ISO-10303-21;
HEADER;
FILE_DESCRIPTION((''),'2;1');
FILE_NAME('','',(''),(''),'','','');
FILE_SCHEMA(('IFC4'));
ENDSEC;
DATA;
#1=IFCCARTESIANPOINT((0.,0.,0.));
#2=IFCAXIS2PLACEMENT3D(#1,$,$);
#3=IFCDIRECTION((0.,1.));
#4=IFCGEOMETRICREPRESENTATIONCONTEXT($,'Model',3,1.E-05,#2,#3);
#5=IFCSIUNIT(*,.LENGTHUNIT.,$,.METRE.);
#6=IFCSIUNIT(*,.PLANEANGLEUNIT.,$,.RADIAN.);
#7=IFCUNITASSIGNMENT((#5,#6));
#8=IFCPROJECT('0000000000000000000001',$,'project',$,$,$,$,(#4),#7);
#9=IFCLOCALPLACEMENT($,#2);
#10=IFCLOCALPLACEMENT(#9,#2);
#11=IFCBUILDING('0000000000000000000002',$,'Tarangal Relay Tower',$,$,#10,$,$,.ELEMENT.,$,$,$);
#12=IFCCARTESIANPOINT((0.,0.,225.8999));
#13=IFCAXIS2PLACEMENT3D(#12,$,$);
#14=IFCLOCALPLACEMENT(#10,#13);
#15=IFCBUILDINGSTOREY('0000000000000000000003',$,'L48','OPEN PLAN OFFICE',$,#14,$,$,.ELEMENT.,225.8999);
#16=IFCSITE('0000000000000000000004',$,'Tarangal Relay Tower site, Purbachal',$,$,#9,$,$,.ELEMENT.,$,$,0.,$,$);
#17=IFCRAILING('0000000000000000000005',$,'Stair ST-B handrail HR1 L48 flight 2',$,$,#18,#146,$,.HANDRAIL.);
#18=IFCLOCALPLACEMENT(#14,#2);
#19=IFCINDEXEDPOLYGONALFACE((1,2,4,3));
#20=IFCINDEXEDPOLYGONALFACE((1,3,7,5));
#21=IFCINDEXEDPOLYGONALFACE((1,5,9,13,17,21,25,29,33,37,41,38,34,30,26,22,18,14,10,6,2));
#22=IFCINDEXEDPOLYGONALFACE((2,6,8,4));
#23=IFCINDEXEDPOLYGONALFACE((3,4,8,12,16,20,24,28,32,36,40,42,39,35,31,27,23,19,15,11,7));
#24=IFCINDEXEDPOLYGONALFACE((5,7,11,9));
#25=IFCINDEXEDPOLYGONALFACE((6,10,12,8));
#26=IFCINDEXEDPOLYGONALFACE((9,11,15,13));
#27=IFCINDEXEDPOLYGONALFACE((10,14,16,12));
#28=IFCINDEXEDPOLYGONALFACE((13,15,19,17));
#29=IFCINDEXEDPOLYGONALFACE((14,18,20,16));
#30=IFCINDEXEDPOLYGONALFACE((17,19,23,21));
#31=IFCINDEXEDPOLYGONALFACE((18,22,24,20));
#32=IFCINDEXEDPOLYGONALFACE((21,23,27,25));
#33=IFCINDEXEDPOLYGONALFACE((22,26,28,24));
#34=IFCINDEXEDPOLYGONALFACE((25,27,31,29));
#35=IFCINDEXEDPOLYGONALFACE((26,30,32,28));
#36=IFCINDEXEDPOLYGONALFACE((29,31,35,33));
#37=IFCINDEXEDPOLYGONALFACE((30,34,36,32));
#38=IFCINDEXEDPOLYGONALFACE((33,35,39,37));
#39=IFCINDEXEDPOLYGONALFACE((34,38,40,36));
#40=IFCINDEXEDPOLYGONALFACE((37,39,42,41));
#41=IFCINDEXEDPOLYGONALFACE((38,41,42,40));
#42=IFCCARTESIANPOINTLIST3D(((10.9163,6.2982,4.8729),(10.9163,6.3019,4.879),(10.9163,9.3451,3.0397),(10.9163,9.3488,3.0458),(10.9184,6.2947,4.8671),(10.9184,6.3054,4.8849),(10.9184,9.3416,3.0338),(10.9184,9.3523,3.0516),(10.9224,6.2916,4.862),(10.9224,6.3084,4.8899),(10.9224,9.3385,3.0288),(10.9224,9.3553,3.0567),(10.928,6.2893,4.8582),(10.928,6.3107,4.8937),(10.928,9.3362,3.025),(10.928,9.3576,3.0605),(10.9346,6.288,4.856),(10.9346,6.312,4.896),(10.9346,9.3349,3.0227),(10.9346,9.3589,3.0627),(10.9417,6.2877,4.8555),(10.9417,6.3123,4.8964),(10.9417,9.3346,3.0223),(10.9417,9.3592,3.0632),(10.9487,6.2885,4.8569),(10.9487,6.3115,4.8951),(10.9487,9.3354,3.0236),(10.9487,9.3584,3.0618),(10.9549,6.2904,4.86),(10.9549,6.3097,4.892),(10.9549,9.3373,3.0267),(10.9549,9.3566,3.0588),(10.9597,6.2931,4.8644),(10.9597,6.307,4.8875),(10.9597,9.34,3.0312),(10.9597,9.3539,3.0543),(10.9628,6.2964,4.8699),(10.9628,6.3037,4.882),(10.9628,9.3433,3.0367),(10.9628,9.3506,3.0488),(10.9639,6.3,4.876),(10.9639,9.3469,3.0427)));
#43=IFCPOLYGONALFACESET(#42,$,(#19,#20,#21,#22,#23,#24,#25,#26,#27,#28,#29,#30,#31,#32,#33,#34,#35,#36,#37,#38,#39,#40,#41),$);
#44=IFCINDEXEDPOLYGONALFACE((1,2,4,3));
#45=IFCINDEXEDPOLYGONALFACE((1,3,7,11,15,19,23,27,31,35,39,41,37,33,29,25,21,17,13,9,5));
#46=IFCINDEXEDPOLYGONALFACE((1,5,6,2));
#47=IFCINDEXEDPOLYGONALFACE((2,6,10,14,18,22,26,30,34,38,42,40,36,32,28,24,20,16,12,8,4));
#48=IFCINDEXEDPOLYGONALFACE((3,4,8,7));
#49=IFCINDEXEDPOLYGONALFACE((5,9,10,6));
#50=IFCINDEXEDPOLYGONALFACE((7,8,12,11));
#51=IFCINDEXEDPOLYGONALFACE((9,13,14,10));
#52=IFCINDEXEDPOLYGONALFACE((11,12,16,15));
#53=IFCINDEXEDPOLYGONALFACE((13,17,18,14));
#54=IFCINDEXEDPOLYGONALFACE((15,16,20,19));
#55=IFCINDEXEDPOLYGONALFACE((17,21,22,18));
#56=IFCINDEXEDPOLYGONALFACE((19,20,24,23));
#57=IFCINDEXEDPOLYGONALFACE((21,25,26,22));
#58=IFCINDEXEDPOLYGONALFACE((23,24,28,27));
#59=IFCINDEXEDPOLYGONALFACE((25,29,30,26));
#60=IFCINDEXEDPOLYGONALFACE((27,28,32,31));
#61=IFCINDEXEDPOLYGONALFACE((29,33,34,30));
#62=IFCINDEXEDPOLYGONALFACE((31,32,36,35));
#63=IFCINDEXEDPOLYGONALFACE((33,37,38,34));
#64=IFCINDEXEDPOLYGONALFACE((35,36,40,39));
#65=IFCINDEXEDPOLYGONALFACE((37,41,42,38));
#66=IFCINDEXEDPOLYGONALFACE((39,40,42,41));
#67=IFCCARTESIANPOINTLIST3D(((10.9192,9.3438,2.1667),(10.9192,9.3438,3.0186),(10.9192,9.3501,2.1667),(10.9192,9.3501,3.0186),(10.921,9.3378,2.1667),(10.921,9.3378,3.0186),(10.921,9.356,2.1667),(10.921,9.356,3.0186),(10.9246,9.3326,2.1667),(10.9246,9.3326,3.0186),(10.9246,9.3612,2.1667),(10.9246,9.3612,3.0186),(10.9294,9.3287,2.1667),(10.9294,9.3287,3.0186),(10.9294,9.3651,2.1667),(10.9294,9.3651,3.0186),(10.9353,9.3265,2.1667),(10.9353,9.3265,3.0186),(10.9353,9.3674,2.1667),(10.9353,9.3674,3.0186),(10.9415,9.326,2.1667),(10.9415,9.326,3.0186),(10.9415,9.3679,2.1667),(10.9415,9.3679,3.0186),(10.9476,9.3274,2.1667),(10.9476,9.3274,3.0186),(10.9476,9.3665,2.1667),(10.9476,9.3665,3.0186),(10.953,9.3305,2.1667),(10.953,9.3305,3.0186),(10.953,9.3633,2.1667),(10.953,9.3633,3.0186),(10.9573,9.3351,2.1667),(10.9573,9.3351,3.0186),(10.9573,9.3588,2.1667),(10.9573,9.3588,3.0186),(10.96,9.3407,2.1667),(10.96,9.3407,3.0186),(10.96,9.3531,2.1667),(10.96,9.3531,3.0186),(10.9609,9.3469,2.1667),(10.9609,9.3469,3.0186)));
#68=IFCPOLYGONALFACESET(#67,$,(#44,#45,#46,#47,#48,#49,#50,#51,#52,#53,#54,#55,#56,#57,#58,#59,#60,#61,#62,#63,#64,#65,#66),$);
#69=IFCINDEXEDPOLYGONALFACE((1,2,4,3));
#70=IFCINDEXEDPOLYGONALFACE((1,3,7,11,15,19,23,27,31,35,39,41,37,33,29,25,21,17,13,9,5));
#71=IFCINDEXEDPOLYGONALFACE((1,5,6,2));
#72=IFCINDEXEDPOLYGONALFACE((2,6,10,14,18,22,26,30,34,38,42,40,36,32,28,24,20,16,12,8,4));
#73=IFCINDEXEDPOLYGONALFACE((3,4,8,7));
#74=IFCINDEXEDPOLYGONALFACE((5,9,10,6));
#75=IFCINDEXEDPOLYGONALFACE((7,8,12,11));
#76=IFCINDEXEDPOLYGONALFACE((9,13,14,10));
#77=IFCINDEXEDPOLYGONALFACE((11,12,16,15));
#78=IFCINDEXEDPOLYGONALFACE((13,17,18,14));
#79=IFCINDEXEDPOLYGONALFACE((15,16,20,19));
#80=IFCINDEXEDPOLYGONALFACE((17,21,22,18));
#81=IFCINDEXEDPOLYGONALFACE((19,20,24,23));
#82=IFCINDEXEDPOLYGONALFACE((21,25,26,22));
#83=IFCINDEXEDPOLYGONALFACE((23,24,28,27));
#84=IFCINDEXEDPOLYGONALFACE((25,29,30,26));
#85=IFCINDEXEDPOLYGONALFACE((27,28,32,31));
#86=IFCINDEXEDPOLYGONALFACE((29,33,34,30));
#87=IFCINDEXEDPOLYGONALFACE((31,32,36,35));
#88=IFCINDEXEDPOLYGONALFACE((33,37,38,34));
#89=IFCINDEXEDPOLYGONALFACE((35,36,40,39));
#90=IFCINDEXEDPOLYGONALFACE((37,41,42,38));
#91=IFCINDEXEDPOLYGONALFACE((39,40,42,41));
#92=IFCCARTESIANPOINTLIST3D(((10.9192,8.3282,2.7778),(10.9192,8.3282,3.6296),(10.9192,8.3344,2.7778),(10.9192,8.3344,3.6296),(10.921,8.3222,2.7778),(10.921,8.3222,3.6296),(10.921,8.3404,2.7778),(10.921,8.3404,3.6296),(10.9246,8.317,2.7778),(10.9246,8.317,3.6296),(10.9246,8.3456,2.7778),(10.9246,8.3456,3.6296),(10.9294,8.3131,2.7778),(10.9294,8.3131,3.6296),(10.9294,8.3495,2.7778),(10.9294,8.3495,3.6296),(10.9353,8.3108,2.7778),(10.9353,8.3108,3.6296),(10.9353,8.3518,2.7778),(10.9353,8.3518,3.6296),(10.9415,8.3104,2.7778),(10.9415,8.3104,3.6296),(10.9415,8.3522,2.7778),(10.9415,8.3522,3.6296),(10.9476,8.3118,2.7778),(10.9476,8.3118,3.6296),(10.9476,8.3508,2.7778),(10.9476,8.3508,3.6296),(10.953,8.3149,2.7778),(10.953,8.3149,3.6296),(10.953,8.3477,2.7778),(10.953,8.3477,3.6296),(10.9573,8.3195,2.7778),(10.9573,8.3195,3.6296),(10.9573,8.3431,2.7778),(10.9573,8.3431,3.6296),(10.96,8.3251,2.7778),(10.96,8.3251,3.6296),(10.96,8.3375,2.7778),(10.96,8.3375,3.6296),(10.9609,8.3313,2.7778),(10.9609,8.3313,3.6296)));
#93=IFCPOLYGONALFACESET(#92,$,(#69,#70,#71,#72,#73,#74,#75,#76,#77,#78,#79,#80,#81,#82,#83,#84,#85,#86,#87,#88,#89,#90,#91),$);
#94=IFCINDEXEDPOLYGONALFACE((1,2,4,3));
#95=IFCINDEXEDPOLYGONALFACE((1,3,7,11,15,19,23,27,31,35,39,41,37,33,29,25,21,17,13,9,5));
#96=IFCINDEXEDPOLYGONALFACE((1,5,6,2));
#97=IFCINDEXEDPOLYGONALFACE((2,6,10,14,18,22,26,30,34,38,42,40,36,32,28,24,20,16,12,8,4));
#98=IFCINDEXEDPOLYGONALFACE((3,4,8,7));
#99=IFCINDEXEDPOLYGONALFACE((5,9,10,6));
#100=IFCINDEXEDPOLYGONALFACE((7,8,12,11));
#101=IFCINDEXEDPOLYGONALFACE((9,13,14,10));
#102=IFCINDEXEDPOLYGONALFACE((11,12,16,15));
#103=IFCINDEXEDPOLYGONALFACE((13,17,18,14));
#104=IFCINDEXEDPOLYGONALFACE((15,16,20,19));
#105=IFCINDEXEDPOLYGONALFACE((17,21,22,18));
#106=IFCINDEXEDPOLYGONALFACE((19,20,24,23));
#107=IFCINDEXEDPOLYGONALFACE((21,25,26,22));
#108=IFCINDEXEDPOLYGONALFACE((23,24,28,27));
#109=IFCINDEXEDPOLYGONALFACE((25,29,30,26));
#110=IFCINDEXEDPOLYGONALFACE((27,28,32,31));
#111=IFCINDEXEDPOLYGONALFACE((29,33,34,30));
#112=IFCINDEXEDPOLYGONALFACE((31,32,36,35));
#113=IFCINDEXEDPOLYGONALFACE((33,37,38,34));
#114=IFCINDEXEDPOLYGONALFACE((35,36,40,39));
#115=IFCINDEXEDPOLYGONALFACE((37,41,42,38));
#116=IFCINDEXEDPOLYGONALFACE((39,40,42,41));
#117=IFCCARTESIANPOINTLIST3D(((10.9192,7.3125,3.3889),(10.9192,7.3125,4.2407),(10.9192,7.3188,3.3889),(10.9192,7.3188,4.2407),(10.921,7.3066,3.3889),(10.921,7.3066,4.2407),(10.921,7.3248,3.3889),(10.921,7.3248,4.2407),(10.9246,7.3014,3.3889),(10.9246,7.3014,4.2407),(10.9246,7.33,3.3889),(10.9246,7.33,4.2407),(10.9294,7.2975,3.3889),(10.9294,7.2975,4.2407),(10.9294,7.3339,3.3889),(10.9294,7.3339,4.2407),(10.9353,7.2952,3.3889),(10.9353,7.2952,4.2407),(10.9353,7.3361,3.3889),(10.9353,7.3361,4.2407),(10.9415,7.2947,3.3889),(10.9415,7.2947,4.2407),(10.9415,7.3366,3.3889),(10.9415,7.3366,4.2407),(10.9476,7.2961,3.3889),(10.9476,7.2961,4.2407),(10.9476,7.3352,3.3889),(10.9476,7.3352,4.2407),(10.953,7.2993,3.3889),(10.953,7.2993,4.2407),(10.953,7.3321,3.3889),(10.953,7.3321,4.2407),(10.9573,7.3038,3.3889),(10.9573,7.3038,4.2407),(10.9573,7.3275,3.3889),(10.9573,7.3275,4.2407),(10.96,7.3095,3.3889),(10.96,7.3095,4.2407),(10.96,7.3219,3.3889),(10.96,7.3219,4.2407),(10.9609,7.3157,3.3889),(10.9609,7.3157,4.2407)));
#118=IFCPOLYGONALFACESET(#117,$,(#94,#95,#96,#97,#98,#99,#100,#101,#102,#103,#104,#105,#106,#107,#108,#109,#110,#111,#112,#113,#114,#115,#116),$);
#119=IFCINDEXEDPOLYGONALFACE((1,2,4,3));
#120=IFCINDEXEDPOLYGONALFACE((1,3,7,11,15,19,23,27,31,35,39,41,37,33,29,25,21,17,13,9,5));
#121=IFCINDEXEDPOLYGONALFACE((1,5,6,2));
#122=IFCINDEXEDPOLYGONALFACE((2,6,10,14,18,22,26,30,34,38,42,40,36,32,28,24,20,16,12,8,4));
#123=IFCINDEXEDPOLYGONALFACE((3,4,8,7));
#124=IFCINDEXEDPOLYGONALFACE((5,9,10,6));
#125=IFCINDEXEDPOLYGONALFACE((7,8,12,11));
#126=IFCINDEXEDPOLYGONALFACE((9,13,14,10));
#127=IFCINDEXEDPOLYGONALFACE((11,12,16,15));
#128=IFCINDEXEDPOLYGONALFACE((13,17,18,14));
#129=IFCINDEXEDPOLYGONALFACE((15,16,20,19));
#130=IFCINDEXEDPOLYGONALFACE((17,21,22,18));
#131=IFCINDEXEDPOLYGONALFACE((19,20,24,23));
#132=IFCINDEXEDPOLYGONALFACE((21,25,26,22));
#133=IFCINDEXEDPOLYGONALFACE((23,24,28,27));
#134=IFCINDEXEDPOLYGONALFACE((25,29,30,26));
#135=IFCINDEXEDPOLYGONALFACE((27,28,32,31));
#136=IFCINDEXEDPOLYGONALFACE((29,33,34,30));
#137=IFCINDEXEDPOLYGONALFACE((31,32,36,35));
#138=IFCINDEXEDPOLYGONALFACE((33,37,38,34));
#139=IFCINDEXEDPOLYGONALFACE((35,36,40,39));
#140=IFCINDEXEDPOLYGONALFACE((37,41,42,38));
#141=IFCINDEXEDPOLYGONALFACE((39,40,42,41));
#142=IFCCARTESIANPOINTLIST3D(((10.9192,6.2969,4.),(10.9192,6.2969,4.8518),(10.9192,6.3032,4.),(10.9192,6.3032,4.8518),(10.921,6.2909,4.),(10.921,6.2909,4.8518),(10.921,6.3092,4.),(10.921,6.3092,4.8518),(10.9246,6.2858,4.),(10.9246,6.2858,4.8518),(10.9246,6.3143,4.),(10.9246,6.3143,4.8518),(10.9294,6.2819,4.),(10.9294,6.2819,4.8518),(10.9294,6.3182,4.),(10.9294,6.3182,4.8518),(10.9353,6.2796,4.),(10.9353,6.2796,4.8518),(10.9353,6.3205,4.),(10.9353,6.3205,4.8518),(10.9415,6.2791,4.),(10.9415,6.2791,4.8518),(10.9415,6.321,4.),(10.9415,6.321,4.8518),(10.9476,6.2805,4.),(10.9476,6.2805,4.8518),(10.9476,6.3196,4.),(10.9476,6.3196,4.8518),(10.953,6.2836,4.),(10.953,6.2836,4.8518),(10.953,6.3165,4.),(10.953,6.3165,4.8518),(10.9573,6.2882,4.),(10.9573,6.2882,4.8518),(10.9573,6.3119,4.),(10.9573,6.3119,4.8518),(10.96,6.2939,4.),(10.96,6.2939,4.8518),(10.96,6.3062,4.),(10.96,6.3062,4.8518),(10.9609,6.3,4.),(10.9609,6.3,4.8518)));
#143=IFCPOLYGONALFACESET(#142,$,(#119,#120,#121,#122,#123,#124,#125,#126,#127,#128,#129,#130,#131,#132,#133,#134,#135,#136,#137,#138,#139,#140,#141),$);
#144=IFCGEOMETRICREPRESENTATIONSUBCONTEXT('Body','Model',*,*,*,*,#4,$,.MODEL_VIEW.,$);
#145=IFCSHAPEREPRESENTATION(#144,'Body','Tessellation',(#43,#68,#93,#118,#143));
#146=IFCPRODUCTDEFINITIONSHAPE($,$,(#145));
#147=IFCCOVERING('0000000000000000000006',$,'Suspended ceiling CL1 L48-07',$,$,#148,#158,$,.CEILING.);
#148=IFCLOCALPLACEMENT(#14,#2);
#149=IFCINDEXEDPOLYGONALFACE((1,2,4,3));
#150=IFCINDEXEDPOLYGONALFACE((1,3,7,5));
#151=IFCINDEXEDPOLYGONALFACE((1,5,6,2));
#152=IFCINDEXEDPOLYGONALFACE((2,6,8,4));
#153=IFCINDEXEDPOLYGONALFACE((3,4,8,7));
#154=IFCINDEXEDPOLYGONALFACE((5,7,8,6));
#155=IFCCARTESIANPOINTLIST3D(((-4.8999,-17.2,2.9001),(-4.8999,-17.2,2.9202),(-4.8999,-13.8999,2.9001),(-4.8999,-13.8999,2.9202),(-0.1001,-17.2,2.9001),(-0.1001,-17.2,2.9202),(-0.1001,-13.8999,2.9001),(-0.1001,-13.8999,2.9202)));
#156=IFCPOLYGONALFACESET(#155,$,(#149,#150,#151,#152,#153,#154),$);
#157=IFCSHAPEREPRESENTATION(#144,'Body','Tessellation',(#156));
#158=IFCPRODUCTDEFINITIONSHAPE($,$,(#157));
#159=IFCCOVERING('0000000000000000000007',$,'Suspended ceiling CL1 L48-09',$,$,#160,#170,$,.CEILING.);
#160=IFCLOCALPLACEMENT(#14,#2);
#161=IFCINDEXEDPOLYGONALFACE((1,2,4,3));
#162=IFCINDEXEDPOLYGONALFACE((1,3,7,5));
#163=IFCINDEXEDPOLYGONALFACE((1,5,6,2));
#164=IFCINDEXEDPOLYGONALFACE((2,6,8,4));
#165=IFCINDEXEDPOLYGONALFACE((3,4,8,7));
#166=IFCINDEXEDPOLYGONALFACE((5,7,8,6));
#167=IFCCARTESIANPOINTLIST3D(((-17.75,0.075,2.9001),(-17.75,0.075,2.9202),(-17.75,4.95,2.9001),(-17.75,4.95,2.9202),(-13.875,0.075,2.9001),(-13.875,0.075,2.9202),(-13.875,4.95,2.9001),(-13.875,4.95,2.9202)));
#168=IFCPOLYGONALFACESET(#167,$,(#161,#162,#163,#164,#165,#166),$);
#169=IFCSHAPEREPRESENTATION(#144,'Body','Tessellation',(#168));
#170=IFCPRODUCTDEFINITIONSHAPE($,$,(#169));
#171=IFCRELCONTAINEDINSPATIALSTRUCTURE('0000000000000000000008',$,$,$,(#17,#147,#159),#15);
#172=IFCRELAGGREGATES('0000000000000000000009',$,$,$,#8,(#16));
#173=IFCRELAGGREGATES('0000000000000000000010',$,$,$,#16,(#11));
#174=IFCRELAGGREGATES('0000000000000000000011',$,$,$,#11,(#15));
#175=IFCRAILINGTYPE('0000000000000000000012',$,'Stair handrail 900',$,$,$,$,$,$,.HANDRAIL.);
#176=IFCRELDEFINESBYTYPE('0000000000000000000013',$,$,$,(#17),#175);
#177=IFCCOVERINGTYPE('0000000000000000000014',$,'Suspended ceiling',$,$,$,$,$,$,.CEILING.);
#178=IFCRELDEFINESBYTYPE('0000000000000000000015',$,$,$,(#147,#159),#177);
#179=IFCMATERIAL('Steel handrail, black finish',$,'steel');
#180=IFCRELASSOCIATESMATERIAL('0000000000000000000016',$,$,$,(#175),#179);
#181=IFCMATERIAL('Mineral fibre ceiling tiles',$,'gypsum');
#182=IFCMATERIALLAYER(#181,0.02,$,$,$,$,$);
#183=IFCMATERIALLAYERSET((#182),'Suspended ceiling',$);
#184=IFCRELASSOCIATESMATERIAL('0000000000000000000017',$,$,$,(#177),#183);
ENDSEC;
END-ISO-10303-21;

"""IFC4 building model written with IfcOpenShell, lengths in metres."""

from ifc_helpers import new_model, si_unit, direction, frame, origin, origin_2d, place, context, subcontext, project, spatial, polyline, circle, outline, extrude, material, layer, layer_set, type_object, element, save


model = new_model("IFC4")

# Units and contexts
model_context = context("Model", 3, precision=1e-05, world=origin(), true_north=direction((0.0, 1.0)))
body_context = subcontext(model_context, "Body", "Model", "MODEL_VIEW")
ifc_project = project(units=[si_unit("LENGTHUNIT", "METRE"), si_unit("PLANEANGLEUNIT", "RADIAN")], contexts=[model_context])

# Site, building, storey
site_placement = place(None, origin())
site = spatial("IfcSite", under=ifc_project, at=site_placement, Name="Tarangal Relay Tower site, Purbachal", CompositionType="ELEMENT", RefElevation=0.0)
building_placement = place(site_placement, origin())
building = spatial("IfcBuilding", under=site, at=building_placement, Name="Tarangal Relay Tower", CompositionType="ELEMENT")
storey_placement = place(building_placement, frame((0.0, 0.0, 225.8999)))
storey = spatial("IfcBuildingStorey", under=building, at=storey_placement, Name="L48", Description="OPEN PLAN OFFICE", CompositionType="ELEMENT", Elevation=225.8999)

# Railing
ifc_material_1 = material(Name="Steel handrail, black finish", Category="steel")
railing_type_1 = type_object("IfcRailingType", Name="Stair handrail 900", PredefinedType="HANDRAIL", material=ifc_material_1)
railing_1_placement = place(storey_placement, frame((10.9399, 9.3469, 2.1667)))
element("IfcRailing", 1, at=railing_1_placement, inside=storey, type_object=railing_type_1, Name="Stair ST-B handrail HR1 L48 flight 2", PredefinedType="HANDRAIL", context=body_context, shape_type="SweptSolid", body=[
    extrude(circle(Radius=0.0239, at=origin_2d()), frame((0.0, 0.0, 0.876), z_axis=(0.0, -0.856856, 0.515556), x_axis=(1.0, 0.0, 0.0)), (0.0, 0.0, 1.0), 3.5559),
    extrude(circle(Radius=0.021, at=origin_2d()), origin(), (0.0, 0.0, 1.0), 0.8518),
    extrude(circle(Radius=0.021, at=origin_2d()), frame((0.0, -1.0156, 0.6111)), (0.0, 0.0, 1.0), 0.8518),
    extrude(circle(Radius=0.021, at=origin_2d()), frame((0.0, -2.0312, 1.2222)), (0.0, 0.0, 1.0), 0.8518),
    extrude(circle(Radius=0.021, at=origin_2d()), frame((0.0, -3.0469, 1.8333)), (0.0, 0.0, 1.0), 0.8518),
])

# Coverings
ifc_material_2 = material(Name="Mineral fibre ceiling tiles", Category="gypsum")
ifc_layer_1 = layer(ifc_material_2, 0.02)
ifc_layer_set_1 = layer_set([ifc_layer_1], Name="Suspended ceiling")
covering_type = type_object("IfcCoveringType", Name="Suspended ceiling", PredefinedType="CEILING", material=ifc_layer_set_1)
covering_1_placement = place(storey_placement, frame((0.0, 0.0, 2.9001)))
element("IfcCovering", 2, at=covering_1_placement, inside=storey, type_object=covering_type, Name="Suspended ceiling CL1 L48-07", PredefinedType="CEILING", context=body_context, shape_type="SweptSolid", body=[
    extrude(outline(polyline([(-4.8999, -13.8999), (-4.8999, -17.2), (-0.1001, -17.2), (-0.1001, -13.8999), (-4.8999, -13.8999)])), origin(), (0.0, 0.0, 1.0), 0.02),
])
covering_2_placement = place(storey_placement, frame((0.0, 0.0, 2.9001)))
element("IfcCovering", 3, at=covering_2_placement, inside=storey, type_object=covering_type, Name="Suspended ceiling CL1 L48-09", PredefinedType="CEILING", context=body_context, shape_type="SweptSolid", body=[
    extrude(outline(polyline([(-13.875, 4.95), (-17.75, 4.95), (-17.75, 0.075), (-13.875, 0.075), (-13.875, 4.95)])), origin(), (0.0, 0.0, 1.0), 0.02),
])

save(model, "model.ifc")
